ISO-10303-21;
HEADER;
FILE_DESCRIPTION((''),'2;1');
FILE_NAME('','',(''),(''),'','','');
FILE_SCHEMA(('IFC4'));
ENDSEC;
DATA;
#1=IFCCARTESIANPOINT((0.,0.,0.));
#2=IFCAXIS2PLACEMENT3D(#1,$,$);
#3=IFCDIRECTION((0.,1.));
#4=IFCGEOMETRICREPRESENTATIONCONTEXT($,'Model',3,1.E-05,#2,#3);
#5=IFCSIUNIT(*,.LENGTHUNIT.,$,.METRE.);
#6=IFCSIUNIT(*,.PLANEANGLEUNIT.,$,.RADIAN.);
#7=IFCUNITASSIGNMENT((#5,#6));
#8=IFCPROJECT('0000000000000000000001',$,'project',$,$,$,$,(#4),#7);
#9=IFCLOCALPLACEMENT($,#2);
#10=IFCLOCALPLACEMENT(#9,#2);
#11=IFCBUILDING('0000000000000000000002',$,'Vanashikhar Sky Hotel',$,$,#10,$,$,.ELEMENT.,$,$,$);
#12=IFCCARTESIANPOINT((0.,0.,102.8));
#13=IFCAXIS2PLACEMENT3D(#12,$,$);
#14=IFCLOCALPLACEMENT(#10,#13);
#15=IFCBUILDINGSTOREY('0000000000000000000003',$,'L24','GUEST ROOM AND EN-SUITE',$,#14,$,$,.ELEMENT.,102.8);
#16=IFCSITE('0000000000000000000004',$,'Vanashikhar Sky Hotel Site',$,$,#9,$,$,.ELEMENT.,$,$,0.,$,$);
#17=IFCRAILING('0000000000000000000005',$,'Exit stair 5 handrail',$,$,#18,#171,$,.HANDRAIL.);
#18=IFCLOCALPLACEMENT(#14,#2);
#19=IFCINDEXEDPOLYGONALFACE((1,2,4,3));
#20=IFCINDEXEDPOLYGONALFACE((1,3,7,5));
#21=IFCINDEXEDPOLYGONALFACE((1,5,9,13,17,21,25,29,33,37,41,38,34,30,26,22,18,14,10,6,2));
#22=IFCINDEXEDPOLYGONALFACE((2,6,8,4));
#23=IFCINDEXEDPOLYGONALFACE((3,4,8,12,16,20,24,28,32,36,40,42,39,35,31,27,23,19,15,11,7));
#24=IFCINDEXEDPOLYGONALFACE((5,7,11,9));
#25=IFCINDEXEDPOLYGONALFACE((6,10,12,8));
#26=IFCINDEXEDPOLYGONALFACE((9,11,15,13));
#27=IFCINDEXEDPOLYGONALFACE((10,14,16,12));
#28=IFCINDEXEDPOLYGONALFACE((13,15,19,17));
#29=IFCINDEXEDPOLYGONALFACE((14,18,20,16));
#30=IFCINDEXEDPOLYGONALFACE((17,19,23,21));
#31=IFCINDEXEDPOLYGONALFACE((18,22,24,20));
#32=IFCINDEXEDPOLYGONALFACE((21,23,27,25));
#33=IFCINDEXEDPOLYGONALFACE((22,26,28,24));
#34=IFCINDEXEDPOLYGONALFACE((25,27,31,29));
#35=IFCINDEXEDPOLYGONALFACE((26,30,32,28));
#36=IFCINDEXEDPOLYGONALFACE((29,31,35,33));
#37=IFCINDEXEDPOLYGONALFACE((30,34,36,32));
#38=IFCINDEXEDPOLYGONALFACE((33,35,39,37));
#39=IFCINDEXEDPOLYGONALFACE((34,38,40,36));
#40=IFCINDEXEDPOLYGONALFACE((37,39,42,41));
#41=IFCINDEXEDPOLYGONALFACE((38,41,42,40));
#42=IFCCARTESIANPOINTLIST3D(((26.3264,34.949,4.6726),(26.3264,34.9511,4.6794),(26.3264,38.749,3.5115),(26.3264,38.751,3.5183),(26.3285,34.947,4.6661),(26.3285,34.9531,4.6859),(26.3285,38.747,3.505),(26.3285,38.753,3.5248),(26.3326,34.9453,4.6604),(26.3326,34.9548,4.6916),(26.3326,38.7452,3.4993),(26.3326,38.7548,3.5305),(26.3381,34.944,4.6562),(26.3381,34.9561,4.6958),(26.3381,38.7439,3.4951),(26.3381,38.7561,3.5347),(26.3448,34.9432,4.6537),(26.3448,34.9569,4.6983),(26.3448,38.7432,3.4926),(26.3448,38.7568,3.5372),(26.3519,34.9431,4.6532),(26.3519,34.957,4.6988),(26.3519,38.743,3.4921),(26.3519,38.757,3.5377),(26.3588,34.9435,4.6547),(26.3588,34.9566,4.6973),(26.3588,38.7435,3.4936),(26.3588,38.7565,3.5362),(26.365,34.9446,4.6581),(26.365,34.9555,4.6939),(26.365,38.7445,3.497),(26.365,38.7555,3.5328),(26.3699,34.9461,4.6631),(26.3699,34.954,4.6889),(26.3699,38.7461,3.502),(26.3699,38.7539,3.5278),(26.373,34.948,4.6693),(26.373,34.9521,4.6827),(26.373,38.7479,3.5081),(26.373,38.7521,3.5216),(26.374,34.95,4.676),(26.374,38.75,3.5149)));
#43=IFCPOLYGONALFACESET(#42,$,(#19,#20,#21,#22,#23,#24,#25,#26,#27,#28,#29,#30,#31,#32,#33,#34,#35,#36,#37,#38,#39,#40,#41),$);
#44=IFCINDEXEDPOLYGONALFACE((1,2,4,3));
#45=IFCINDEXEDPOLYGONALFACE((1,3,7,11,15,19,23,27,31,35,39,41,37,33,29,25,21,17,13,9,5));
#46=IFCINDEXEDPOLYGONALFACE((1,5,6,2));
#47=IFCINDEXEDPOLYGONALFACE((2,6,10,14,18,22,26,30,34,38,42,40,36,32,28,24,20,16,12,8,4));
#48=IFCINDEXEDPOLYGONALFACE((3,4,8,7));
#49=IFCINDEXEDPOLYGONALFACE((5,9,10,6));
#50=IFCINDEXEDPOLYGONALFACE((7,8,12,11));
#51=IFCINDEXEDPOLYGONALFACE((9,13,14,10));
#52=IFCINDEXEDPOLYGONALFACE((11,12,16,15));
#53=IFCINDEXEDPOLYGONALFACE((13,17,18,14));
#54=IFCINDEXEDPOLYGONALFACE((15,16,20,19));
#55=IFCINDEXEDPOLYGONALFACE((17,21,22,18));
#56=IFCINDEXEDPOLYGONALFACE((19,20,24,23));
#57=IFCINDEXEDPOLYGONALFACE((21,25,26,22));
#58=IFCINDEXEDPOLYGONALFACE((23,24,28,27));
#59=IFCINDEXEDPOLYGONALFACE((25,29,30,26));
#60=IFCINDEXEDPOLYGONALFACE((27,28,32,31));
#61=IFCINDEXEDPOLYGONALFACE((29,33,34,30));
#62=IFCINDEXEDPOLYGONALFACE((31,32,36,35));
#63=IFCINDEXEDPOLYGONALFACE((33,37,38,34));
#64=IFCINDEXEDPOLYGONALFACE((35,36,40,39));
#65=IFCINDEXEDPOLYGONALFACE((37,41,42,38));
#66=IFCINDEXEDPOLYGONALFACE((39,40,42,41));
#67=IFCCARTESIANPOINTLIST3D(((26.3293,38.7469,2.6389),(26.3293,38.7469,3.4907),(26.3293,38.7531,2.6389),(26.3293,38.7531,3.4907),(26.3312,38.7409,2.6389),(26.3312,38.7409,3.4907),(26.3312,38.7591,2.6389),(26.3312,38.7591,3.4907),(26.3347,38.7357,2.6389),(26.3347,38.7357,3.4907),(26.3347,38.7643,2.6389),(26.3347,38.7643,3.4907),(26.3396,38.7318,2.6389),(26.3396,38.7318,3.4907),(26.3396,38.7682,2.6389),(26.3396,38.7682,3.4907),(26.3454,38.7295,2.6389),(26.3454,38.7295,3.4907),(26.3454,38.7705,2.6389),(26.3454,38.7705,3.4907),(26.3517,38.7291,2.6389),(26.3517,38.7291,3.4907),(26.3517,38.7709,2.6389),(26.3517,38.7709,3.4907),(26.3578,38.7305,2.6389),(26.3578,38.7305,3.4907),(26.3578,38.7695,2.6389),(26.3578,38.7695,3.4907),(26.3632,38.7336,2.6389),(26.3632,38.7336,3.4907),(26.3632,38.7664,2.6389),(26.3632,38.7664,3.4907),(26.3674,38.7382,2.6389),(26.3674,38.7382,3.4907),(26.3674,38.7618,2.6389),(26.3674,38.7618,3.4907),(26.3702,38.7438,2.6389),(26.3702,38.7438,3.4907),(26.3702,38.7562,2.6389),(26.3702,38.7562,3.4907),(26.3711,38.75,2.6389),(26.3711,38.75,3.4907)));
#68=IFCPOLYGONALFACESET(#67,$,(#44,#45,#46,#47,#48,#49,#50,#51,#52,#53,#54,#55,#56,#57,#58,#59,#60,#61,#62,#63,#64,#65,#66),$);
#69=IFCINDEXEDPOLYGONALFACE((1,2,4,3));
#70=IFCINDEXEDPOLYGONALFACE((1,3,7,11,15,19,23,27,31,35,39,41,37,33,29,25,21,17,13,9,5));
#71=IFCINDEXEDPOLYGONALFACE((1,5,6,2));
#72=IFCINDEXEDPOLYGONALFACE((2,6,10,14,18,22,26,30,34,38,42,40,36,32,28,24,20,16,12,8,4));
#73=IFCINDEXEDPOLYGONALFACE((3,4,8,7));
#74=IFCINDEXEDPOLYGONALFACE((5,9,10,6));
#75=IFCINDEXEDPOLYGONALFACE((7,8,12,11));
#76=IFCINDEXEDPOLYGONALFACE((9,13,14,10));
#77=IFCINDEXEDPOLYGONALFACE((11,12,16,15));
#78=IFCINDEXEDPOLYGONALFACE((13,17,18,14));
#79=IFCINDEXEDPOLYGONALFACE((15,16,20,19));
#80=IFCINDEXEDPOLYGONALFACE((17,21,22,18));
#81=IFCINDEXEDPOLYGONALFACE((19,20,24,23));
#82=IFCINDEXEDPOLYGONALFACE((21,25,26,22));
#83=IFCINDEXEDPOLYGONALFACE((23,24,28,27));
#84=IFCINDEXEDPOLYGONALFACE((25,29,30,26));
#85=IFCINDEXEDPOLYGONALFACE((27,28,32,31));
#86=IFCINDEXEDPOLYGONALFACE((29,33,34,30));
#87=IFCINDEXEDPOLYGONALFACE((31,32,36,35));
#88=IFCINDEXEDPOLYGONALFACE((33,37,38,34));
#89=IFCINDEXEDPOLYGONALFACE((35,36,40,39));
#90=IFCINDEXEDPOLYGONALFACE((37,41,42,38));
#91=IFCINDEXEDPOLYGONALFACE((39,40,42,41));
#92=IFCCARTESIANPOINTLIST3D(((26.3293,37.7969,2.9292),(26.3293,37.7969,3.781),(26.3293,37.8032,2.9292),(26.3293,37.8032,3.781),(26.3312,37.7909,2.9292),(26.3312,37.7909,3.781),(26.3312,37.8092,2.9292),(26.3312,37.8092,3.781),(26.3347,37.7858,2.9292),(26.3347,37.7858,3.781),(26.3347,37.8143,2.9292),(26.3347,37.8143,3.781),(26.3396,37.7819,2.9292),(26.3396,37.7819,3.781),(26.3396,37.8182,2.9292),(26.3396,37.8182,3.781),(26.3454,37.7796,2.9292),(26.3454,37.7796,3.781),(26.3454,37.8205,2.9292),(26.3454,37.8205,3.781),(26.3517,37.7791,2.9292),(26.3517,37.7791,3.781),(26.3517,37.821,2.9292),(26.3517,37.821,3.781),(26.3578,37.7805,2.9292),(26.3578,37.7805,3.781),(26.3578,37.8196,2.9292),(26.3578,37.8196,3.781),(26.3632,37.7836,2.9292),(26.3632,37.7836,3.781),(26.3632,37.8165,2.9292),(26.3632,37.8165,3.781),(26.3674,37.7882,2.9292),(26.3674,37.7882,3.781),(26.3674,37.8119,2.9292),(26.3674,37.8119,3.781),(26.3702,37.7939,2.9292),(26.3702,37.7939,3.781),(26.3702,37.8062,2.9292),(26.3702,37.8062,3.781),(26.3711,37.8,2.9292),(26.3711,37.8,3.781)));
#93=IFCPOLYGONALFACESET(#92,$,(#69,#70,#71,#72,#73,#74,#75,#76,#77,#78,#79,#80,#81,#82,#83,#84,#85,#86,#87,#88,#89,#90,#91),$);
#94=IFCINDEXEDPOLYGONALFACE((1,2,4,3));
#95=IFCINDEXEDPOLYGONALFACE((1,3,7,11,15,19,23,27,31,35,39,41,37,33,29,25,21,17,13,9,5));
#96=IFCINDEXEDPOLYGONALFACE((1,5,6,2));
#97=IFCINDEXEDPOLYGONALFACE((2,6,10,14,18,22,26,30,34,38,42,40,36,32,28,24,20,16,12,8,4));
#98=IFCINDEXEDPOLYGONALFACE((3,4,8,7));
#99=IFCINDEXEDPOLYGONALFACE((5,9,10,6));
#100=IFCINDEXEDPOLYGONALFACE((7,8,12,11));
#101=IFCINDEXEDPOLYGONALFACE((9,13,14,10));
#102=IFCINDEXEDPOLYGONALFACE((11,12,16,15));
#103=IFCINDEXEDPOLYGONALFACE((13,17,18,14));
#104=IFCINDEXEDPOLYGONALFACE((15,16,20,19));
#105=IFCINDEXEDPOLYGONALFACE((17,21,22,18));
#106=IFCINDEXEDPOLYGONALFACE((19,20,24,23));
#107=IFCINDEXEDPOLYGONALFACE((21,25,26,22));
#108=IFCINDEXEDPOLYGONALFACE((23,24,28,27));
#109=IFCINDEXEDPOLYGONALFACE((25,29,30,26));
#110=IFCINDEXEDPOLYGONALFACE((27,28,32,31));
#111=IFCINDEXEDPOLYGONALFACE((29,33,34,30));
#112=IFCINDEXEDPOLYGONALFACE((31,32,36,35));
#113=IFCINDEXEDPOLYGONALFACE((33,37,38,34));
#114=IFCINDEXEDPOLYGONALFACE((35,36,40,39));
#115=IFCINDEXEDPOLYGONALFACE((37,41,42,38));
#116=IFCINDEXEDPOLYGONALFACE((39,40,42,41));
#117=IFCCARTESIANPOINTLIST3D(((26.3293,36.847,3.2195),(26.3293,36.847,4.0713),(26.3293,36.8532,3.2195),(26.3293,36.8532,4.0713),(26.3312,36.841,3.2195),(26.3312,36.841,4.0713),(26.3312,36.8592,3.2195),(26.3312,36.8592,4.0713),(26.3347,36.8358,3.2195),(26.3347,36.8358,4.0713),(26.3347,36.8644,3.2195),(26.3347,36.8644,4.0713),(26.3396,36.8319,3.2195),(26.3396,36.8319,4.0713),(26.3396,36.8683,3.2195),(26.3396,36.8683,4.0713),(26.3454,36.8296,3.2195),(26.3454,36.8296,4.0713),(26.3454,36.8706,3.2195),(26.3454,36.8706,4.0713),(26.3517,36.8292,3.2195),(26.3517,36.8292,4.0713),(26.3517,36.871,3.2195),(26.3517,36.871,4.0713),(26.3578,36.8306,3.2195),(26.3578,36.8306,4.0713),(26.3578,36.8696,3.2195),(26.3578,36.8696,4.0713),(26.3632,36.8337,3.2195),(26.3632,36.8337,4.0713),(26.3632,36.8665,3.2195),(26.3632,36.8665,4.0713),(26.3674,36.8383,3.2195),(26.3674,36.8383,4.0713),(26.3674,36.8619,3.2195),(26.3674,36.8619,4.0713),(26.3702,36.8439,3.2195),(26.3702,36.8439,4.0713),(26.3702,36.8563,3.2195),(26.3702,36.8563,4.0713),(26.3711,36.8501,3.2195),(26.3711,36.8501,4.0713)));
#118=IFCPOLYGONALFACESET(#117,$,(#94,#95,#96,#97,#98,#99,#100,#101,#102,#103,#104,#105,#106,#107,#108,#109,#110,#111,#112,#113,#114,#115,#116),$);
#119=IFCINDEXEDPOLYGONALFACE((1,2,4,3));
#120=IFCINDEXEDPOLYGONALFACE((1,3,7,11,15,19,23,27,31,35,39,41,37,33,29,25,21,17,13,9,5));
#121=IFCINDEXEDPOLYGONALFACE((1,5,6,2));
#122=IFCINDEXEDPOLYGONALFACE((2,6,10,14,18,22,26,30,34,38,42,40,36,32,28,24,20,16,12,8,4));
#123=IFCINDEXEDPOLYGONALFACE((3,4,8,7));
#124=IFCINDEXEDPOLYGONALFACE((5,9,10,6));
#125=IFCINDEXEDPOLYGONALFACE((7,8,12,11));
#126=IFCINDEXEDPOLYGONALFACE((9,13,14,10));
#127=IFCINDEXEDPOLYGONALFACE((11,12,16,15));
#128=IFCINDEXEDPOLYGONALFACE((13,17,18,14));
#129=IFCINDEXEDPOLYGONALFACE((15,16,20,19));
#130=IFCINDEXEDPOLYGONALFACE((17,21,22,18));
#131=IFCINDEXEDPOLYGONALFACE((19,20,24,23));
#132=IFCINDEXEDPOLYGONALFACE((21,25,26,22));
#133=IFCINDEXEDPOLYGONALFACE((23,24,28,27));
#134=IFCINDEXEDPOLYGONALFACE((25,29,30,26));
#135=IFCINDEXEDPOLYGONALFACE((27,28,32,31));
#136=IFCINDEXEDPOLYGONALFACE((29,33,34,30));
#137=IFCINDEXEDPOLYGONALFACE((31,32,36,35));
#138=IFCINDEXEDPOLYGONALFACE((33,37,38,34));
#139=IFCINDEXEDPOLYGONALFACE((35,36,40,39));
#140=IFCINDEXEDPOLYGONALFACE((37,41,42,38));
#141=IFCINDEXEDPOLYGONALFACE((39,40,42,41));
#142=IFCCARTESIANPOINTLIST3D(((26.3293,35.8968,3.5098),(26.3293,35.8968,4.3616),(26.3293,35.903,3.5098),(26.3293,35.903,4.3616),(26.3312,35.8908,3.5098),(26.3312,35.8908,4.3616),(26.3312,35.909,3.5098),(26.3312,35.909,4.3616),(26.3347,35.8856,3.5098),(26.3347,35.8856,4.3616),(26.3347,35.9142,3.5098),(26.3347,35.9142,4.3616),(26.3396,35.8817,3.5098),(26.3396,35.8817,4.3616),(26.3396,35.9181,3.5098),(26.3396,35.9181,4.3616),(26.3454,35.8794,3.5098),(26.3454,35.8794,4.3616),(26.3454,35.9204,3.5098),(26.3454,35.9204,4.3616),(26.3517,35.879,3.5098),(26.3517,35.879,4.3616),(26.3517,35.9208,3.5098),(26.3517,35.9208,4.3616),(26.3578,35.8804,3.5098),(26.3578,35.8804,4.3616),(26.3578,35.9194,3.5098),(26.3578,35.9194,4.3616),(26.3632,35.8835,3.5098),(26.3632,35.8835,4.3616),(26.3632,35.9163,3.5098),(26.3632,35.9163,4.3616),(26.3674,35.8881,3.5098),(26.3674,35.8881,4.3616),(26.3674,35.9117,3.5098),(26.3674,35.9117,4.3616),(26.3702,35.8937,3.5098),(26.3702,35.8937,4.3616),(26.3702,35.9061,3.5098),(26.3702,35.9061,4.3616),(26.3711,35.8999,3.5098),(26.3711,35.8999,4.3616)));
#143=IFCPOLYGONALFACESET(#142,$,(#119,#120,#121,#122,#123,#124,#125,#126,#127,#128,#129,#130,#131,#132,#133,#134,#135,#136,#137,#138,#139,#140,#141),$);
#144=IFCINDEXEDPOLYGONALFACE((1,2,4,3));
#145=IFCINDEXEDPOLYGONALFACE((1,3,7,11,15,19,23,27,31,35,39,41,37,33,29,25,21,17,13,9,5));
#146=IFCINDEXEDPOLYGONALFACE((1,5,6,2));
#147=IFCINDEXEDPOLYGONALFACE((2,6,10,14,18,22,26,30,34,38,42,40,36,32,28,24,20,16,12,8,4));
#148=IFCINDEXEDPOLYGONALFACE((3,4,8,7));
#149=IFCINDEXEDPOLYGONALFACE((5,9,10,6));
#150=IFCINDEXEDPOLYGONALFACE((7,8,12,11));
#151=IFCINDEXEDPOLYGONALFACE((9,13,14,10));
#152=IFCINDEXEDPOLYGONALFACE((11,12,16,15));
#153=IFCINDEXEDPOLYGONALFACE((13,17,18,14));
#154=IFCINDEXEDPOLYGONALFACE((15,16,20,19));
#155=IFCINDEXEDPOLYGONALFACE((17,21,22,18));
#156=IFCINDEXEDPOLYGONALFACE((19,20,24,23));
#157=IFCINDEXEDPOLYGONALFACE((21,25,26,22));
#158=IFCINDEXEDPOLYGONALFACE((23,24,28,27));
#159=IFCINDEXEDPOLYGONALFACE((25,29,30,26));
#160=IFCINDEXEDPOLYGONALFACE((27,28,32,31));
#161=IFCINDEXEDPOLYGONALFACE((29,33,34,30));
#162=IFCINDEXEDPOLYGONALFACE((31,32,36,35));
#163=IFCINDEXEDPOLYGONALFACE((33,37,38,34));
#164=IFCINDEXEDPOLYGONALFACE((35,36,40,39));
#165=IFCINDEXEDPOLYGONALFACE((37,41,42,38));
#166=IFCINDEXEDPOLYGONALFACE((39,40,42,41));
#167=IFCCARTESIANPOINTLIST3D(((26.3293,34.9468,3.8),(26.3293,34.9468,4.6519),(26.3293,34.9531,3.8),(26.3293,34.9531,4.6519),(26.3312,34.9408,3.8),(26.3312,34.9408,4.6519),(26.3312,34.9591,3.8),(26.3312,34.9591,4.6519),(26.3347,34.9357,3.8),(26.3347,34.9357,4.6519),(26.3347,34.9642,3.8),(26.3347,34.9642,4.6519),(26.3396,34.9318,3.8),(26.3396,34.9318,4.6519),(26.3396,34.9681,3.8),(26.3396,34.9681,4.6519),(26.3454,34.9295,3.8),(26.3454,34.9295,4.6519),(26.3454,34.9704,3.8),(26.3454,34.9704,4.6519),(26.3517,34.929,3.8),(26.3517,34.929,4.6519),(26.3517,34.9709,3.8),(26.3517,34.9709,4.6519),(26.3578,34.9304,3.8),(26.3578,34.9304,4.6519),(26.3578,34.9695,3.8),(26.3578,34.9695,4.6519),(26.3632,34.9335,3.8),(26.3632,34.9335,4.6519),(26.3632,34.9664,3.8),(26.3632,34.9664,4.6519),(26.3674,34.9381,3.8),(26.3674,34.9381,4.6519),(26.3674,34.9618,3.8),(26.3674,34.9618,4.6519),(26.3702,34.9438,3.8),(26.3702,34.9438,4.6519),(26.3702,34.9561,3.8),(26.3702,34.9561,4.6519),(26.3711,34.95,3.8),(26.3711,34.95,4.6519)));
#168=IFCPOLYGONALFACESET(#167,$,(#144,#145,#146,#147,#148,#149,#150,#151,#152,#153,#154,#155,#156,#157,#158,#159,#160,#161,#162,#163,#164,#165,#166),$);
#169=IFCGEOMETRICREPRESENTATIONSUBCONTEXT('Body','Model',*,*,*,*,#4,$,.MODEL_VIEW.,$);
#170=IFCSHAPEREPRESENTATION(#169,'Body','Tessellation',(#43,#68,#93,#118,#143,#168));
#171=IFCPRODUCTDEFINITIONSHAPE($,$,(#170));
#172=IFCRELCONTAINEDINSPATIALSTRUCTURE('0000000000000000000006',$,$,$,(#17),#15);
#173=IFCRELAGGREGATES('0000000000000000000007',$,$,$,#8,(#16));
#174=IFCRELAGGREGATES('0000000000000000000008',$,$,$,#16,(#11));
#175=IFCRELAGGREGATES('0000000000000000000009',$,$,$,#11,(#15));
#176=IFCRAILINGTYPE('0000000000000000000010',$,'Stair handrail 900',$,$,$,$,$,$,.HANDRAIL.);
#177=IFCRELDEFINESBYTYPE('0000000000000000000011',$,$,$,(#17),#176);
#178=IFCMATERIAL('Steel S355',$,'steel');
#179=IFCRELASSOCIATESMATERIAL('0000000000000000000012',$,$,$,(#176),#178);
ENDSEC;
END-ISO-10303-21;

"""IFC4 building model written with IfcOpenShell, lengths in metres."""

from ifc_helpers import new_model, si_unit, direction, frame, origin, origin_2d, place, context, subcontext, project, spatial, circle, extrude, source, transform, mapped, material, type_object, element, save


model = new_model("IFC4")

# Units and contexts
model_context = context("Model", 3, precision=1e-05, world=origin(), true_north=direction((0.0, 1.0)))
body_context = subcontext(model_context, "Body", "Model", "MODEL_VIEW")
ifc_project = project(units=[si_unit("LENGTHUNIT", "METRE"), si_unit("PLANEANGLEUNIT", "RADIAN")], contexts=[model_context])

# Site, building, storey
site_placement = place(None, origin())
site = spatial("IfcSite", under=ifc_project, at=site_placement, Name="Vanashikhar Sky Hotel Site", CompositionType="ELEMENT", RefElevation=0.0)
building_placement = place(site_placement, origin())
building = spatial("IfcBuilding", under=site, at=building_placement, Name="Vanashikhar Sky Hotel", CompositionType="ELEMENT")
storey_placement = place(building_placement, frame((0.0, 0.0, 102.8)))
storey = spatial("IfcBuildingStorey", under=building, at=storey_placement, Name="L24", Description="GUEST ROOM AND EN-SUITE", CompositionType="ELEMENT", Elevation=102.8)

# Railing
ifc_material_1 = material(Name="Steel S355", Category="steel")
railing_type = type_object("IfcRailingType", Name="Stair handrail 900", PredefinedType="HANDRAIL", material=ifc_material_1)
shared_shape_1 = source(origin(), body_context, "Body", "SweptSolid", [
    extrude(circle(Radius=0.0239, at=origin_2d()), frame((0.0, 0.0, 0.876), z_axis=(0.0, -0.956351, 0.29222), x_axis=(1.0, 0.0, 0.0)), (0.0, 0.0, 1.0), 3.9734),
    extrude(circle(Radius=0.021, at=origin_2d()), origin(), (0.0, 0.0, 1.0), 0.8518),
    extrude(circle(Radius=0.021, at=origin_2d()), frame((0.0, -0.95, 0.2903)), (0.0, 0.0, 1.0), 0.8518),
    extrude(circle(Radius=0.021, at=origin_2d()), frame((0.0, -1.8999, 0.5806)), (0.0, 0.0, 1.0), 0.8518),
    extrude(circle(Radius=0.021, at=origin_2d()), frame((0.0, -2.8501, 0.8708)), (0.0, 0.0, 1.0), 0.8518),
    extrude(circle(Radius=0.021, at=origin_2d()), frame((0.0, -3.8, 1.1611)), (0.0, 0.0, 1.0), 0.8518),
])
for number, where, name in (
    (1, (26.3501, 38.75, 2.6389), "Exit stair 5 handrail"),
):
    element("IfcRailing", number, at=place(storey_placement, frame(where)), inside=storey, type_object=railing_type, Name=name, PredefinedType="HANDRAIL", context=body_context, shape_type="MappedRepresentation", body=[
        mapped(shared_shape_1, transform((0.0, 0.0, 0.0), scale=1.0)),
    ])

save(model, "model.ifc")
